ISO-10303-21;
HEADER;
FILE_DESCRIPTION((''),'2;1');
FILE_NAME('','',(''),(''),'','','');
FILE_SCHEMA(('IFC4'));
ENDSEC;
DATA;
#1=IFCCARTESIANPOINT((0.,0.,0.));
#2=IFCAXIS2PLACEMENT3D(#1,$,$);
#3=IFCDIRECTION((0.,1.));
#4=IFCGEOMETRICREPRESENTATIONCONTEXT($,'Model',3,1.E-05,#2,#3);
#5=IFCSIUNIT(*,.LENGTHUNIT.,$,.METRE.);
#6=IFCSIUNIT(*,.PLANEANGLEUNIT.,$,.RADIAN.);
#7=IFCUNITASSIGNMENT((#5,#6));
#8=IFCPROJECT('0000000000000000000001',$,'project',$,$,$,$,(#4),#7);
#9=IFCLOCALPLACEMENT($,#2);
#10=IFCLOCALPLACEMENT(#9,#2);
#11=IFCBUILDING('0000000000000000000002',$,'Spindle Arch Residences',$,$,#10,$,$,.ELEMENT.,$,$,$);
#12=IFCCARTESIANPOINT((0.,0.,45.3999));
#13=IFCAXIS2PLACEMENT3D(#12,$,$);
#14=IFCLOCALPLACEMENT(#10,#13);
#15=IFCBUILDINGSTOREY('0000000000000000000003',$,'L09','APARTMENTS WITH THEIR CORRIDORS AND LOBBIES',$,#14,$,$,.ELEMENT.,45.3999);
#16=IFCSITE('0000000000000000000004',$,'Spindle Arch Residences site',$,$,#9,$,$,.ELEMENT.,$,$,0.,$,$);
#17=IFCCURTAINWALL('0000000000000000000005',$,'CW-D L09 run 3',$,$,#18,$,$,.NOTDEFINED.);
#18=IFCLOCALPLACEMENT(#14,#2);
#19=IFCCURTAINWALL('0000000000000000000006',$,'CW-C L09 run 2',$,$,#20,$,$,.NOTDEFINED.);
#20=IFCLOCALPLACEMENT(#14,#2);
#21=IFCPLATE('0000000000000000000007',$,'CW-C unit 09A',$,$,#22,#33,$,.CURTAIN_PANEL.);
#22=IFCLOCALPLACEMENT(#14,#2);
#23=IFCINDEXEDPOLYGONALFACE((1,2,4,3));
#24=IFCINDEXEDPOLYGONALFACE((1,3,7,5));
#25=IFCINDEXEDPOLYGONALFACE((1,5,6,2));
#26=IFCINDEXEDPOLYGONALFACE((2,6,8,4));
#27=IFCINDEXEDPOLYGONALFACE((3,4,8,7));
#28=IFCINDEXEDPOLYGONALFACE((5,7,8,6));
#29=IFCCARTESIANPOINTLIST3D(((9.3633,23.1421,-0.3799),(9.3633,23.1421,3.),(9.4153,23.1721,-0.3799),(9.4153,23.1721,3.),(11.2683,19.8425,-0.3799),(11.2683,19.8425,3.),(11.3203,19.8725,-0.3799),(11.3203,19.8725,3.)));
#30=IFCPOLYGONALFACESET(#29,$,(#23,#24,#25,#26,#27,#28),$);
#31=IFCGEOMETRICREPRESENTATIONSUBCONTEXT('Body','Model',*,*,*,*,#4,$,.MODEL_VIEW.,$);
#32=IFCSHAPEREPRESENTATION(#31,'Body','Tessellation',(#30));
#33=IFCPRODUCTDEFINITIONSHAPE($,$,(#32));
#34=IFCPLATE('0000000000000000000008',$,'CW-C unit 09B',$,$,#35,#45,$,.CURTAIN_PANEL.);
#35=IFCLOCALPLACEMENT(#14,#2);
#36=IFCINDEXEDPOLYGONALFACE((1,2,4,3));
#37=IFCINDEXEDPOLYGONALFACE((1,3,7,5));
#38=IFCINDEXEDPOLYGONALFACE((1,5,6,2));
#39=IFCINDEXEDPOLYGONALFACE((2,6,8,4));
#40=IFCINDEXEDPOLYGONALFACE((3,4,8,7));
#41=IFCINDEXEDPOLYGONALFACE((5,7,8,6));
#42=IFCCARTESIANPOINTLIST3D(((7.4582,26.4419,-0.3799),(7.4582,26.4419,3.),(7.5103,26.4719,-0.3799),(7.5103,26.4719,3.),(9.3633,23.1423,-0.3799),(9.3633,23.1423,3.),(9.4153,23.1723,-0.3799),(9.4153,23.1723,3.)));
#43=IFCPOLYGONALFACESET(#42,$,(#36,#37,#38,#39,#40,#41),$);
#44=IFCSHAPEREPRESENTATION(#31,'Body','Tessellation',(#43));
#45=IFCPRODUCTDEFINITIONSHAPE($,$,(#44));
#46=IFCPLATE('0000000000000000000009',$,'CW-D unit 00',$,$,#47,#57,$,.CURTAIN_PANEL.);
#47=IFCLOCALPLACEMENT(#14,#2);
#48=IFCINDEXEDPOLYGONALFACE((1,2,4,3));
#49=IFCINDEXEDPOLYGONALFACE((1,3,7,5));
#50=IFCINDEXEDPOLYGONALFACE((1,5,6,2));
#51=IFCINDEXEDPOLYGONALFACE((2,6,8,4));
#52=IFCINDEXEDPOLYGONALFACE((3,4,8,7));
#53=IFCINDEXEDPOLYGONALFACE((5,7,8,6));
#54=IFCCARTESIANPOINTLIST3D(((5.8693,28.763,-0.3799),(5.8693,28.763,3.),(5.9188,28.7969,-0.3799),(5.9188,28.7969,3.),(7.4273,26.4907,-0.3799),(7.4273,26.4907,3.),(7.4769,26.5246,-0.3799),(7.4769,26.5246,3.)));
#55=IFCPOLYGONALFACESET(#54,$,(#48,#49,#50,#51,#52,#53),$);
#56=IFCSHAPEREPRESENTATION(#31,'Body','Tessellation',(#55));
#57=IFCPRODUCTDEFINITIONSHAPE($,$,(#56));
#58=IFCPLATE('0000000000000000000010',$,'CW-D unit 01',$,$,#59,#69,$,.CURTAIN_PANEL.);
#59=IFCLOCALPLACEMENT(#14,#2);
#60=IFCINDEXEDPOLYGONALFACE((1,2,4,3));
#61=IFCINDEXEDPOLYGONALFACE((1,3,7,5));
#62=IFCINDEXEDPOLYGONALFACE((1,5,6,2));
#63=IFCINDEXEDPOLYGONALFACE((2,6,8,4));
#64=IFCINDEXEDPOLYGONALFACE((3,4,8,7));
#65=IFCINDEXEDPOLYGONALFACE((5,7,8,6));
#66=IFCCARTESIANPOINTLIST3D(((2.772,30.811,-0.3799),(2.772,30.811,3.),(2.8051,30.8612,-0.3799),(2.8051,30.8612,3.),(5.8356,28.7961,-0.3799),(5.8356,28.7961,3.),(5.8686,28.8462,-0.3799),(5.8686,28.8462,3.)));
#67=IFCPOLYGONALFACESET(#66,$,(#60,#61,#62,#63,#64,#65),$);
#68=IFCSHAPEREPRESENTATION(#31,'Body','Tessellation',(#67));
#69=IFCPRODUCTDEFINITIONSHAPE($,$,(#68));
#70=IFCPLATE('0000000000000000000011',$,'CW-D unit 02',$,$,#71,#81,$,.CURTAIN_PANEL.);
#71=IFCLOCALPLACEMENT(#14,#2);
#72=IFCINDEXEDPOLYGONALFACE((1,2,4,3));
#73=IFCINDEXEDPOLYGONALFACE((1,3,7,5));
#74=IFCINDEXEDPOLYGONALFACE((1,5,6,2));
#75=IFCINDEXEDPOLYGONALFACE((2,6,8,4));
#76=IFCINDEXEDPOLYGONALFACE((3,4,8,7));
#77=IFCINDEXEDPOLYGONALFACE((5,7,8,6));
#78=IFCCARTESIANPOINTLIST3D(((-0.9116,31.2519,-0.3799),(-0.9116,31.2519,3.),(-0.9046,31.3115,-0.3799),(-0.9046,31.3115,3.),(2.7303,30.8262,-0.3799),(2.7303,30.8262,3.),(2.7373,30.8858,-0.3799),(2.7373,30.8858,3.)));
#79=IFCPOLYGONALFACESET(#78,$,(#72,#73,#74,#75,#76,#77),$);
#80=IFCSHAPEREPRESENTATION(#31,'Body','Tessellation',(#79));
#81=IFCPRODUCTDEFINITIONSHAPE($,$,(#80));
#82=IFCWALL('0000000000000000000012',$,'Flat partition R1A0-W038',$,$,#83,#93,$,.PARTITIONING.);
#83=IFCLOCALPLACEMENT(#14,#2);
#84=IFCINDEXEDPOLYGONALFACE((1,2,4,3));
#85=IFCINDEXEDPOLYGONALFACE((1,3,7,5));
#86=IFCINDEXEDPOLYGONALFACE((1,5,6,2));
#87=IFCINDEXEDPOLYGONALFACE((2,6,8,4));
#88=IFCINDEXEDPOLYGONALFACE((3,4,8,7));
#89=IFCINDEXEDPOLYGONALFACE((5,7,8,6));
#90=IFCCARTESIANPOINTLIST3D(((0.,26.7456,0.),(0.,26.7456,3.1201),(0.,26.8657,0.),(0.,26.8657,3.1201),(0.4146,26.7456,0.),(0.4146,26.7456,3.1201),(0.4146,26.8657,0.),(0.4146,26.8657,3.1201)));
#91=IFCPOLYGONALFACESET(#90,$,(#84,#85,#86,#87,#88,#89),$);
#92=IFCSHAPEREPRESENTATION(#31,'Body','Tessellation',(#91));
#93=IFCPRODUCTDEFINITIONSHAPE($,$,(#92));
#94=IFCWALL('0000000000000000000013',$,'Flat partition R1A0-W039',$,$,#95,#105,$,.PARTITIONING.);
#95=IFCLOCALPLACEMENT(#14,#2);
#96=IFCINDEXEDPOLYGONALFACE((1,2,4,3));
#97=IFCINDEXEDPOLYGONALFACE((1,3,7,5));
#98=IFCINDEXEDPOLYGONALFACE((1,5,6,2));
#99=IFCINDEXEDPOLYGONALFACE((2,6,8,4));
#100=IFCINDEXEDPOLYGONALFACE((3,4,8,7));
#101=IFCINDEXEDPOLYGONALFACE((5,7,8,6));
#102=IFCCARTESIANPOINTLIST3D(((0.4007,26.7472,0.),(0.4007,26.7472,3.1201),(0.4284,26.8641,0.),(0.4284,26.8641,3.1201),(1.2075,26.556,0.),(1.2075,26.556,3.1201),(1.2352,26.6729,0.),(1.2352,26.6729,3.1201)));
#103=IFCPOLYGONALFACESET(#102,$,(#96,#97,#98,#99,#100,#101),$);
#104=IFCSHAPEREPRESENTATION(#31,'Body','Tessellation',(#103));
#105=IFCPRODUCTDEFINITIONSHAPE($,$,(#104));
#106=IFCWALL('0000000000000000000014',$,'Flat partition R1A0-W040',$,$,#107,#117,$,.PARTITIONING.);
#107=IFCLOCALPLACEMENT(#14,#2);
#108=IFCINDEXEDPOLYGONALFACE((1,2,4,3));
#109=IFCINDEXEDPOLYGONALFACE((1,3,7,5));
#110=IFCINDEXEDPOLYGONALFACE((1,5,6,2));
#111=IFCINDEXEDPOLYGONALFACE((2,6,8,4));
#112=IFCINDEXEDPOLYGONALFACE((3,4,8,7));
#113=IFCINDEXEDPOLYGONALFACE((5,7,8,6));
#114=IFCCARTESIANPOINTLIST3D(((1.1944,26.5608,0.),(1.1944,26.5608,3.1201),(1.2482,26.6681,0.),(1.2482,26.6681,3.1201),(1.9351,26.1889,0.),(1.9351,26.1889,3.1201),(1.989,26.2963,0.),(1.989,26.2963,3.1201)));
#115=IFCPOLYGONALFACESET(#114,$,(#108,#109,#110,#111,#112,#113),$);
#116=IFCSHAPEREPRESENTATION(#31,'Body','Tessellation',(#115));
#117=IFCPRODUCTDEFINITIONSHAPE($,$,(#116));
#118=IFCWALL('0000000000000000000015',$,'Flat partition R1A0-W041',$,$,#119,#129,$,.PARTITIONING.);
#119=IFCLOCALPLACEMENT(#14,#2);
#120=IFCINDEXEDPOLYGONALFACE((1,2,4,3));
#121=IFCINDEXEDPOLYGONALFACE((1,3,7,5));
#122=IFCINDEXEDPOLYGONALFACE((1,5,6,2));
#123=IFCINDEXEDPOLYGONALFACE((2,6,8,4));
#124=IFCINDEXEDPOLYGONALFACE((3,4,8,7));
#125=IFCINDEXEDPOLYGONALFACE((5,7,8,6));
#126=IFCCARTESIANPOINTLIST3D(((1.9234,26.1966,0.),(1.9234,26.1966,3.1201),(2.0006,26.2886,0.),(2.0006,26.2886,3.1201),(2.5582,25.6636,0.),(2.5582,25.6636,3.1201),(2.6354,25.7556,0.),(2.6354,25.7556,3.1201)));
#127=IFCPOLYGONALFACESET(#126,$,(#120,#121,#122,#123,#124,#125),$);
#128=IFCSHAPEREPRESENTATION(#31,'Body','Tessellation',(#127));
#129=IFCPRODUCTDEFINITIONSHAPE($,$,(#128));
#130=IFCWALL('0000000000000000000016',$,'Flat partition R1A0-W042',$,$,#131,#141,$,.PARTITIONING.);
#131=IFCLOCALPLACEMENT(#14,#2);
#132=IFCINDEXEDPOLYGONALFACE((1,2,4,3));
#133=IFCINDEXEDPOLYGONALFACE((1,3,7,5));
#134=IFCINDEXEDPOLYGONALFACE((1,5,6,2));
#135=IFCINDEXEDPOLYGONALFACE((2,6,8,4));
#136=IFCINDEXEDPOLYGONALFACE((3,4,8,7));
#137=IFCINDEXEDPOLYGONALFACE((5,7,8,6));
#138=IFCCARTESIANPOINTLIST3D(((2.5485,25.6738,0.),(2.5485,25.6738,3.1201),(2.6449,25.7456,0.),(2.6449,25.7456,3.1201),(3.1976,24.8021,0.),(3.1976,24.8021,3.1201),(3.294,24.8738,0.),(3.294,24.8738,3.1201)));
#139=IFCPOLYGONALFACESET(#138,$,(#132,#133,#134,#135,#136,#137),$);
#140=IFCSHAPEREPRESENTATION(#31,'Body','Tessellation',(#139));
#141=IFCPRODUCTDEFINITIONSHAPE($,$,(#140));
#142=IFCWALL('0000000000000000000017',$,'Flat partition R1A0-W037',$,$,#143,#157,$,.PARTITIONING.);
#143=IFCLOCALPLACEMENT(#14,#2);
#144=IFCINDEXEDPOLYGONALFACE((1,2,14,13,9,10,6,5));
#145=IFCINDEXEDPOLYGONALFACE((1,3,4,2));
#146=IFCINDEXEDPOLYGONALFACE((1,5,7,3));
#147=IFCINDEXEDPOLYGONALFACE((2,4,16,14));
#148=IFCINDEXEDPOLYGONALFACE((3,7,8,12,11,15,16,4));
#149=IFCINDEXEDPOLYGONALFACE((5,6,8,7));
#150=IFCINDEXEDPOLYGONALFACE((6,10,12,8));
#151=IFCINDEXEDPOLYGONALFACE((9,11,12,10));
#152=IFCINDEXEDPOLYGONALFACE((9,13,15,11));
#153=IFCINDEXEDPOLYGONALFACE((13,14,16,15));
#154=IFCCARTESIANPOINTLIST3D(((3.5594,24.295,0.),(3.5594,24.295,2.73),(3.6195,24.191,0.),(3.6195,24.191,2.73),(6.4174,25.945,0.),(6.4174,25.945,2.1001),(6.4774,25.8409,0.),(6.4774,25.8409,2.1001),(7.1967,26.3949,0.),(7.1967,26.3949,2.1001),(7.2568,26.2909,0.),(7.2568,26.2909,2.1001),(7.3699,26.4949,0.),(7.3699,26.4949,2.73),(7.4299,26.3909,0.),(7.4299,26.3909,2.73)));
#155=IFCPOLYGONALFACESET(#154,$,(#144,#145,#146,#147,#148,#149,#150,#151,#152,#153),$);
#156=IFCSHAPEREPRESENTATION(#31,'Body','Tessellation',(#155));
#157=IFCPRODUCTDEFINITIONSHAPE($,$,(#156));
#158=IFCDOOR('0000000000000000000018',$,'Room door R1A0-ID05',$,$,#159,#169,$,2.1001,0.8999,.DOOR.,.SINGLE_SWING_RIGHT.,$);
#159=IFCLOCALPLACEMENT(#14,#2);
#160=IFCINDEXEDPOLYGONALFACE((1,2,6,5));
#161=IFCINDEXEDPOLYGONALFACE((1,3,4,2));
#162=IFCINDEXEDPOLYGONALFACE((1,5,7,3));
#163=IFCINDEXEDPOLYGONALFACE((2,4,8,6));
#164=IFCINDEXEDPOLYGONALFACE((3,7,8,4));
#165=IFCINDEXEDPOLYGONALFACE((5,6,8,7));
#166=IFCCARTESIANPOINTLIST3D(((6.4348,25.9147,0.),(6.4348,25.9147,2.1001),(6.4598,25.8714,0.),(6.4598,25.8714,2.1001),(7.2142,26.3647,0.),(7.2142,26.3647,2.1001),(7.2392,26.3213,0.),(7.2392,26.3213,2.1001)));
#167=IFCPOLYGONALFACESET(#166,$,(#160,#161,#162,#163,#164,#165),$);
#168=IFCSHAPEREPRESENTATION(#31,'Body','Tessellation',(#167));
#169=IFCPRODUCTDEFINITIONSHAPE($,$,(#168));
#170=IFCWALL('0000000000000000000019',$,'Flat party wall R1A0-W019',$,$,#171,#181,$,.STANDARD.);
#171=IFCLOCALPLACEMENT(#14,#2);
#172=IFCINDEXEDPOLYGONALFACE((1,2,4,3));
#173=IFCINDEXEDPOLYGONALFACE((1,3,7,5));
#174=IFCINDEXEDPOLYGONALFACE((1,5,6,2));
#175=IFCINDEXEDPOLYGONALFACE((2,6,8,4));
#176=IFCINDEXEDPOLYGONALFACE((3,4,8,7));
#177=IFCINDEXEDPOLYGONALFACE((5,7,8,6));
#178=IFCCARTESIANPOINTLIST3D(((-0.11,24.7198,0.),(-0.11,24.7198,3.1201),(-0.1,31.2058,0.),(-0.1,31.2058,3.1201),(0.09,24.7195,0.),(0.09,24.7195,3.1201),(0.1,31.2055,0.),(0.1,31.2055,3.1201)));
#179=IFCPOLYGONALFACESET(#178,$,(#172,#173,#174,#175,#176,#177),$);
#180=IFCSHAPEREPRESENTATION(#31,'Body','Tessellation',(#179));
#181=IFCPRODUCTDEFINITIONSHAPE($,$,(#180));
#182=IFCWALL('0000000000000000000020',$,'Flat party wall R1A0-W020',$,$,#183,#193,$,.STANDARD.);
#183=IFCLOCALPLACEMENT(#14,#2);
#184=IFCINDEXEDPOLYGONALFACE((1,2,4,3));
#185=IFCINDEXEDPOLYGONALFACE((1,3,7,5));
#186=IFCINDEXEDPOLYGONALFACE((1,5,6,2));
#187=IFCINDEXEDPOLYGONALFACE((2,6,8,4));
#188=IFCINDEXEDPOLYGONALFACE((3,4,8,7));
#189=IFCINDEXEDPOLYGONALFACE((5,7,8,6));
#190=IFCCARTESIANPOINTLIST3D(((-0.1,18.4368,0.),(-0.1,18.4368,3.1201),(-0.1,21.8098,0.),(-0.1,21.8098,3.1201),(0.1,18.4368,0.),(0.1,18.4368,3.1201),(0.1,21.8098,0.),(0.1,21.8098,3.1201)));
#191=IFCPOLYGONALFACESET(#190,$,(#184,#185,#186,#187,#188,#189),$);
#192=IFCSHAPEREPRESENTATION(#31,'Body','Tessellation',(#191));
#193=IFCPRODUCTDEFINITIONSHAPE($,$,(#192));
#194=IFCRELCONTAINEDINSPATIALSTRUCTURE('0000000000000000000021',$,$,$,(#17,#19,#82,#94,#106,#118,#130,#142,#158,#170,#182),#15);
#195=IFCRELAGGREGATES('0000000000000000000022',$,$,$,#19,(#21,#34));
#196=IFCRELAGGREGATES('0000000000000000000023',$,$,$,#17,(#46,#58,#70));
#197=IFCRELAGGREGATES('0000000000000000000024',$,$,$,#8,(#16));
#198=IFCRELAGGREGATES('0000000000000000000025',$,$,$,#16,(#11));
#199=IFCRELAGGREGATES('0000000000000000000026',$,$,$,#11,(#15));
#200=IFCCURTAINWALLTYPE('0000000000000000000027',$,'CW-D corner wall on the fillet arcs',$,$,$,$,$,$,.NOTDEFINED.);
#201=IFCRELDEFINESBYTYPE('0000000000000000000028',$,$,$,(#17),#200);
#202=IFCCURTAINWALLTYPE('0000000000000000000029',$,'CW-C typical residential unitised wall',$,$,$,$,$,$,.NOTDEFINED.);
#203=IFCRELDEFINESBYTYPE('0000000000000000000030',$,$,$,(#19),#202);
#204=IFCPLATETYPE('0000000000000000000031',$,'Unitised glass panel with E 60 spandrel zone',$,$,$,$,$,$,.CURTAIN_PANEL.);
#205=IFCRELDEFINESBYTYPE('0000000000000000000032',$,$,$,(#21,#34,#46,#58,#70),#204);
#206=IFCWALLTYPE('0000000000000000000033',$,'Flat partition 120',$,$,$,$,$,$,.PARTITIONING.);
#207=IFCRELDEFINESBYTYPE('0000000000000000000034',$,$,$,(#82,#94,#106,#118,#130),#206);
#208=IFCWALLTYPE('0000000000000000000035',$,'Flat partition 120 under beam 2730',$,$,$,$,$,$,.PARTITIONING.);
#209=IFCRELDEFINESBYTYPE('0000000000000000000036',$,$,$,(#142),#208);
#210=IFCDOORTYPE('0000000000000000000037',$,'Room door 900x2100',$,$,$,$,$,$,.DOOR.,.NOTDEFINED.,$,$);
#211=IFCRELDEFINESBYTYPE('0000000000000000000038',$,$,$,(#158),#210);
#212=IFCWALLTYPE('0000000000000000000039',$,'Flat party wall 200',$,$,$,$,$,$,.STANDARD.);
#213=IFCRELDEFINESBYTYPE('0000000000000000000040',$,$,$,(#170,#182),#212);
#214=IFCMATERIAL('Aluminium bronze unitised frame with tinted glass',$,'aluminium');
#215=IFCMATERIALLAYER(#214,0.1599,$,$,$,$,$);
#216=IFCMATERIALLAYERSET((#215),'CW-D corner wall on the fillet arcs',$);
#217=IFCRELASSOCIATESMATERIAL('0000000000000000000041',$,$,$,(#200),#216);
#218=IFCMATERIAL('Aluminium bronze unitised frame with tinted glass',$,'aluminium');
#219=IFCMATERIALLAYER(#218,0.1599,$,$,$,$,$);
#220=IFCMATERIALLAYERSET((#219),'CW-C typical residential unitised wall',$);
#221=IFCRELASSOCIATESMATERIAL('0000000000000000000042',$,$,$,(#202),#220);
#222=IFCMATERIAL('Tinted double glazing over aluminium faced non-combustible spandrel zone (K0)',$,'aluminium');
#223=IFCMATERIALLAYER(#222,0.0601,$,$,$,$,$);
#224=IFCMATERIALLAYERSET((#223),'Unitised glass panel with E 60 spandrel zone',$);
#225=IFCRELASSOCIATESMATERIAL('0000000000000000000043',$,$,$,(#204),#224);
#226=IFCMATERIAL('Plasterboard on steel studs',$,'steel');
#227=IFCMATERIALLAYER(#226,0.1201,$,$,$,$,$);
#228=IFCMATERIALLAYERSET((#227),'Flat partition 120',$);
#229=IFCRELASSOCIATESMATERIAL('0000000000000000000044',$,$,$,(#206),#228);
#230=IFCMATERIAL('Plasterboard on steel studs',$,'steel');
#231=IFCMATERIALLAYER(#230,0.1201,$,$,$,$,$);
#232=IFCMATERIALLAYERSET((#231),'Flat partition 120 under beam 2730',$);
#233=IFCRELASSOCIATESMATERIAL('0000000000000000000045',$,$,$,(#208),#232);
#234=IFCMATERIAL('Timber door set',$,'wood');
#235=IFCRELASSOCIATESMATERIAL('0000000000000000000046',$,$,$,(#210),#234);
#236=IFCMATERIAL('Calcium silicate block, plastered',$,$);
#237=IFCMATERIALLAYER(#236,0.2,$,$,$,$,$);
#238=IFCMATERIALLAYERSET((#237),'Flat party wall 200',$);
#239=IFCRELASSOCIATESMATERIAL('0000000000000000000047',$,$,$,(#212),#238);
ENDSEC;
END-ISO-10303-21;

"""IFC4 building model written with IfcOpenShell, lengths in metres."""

from ifc_helpers import new_model, si_unit, direction, frame, frame_2d, origin, origin_2d, place, context, subcontext, project, spatial, rectangle, extrude, material, layer, layer_set, type_object, element, fill, aggregate, save


model = new_model("IFC4")

# Units and contexts
model_context = context("Model", 3, precision=1e-05, world=origin(), true_north=direction((0.0, 1.0)))
body_context = subcontext(model_context, "Body", "Model", "MODEL_VIEW")
ifc_project = project(units=[si_unit("LENGTHUNIT", "METRE"), si_unit("PLANEANGLEUNIT", "RADIAN")], contexts=[model_context])

# Site, building, storey
site_placement = place(None, origin())
site = spatial("IfcSite", under=ifc_project, at=site_placement, Name="Spindle Arch Residences site", CompositionType="ELEMENT", RefElevation=0.0)
building_placement = place(site_placement, origin())
building = spatial("IfcBuilding", under=site, at=building_placement, Name="Spindle Arch Residences", CompositionType="ELEMENT")
storey_placement = place(building_placement, frame((0.0, 0.0, 45.3999)))
storey = spatial("IfcBuildingStorey", under=building, at=storey_placement, Name="L09", Description="APARTMENTS WITH THEIR CORRIDORS AND LOBBIES", CompositionType="ELEMENT", Elevation=45.3999)

# Curtain wall
ifc_material_1 = material(Name="Aluminium bronze unitised frame with tinted glass", Category="aluminium")
ifc_layer_1 = layer(ifc_material_1, 0.1599)
ifc_layer_set_1 = layer_set([ifc_layer_1], Name="CW-D corner wall on the fillet arcs")
curtain_wall_type_1 = type_object("IfcCurtainWallType", Name="CW-D corner wall on the fillet arcs", PredefinedType="NOTDEFINED", material=ifc_layer_set_1)
curtain_wall_1_placement = place(storey_placement, origin())
curtain_wall_1 = element("IfcCurtainWall", 1, at=curtain_wall_1_placement, inside=storey, type_object=curtain_wall_type_1, Name="CW-D L09 run 3", PredefinedType="NOTDEFINED")

# Curtain wall, plates
ifc_material_2 = material(Name="Aluminium bronze unitised frame with tinted glass", Category="aluminium")
ifc_layer_2 = layer(ifc_material_2, 0.1599)
ifc_layer_set_2 = layer_set([ifc_layer_2], Name="CW-C typical residential unitised wall")
curtain_wall_type_2 = type_object("IfcCurtainWallType", Name="CW-C typical residential unitised wall", PredefinedType="NOTDEFINED", material=ifc_layer_set_2)
curtain_wall_2_placement = place(storey_placement, origin())
curtain_wall_2 = element("IfcCurtainWall", 2, at=curtain_wall_2_placement, inside=storey, type_object=curtain_wall_type_2, Name="CW-C L09 run 2", PredefinedType="NOTDEFINED")
ifc_material_3 = material(Name="Tinted double glazing over aluminium faced non-combustible spandrel zone (K0)", Category="aluminium")
ifc_layer_3 = layer(ifc_material_3, 0.0601)
ifc_layer_set_3 = layer_set([ifc_layer_3], Name="Unitised glass panel with E 60 spandrel zone")
plate_type = type_object("IfcPlateType", Name="Unitised glass panel with E 60 spandrel zone", PredefinedType="CURTAIN_PANEL", material=ifc_layer_set_3)
plate_1_placement = place(storey_placement, frame((10.3418, 21.5073, -0.3799), z_axis=(0.0, 0.0, 1.0), x_axis=(-0.5, 0.866025, 0.0)))
plate_1 = element("IfcPlate", 3, at=plate_1_placement, type_object=plate_type, Name="CW-C unit 09A", PredefinedType="CURTAIN_PANEL", context=body_context, shape_type="SweptSolid", body=[
    extrude(rectangle(XDim=3.8101, YDim=0.0601, at=origin_2d()), origin(), (0.0, 0.0, 1.0), 3.3799),
])
plate_2_placement = place(storey_placement, frame((8.4368, 24.8071, -0.3799), z_axis=(0.0, 0.0, 1.0), x_axis=(-0.5, 0.866025, 0.0)))
plate_2 = element("IfcPlate", 4, at=plate_2_placement, type_object=plate_type, Name="CW-C unit 09B", PredefinedType="CURTAIN_PANEL", context=body_context, shape_type="SweptSolid", body=[
    extrude(rectangle(XDim=3.8101, YDim=0.0601, at=origin_2d()), origin(), (0.0, 0.0, 1.0), 3.3799),
])
aggregate(curtain_wall_2, [plate_1, plate_2])

# Plates
plate_3_placement = place(storey_placement, frame((6.6731, 27.6438, -0.3799), z_axis=(0.0, 0.0, 1.0), x_axis=(-0.565501, 0.824748, 0.0)))
plate_3 = element("IfcPlate", 5, at=plate_3_placement, type_object=plate_type, Name="CW-D unit 00", PredefinedType="CURTAIN_PANEL", context=body_context, shape_type="SweptSolid", body=[
    extrude(rectangle(XDim=2.7551, YDim=0.0601, at=origin_2d()), origin(), (0.0, 0.0, 1.0), 3.3799),
])
plate_4_placement = place(storey_placement, frame((4.3203, 29.8286, -0.3799), z_axis=(0.0, 0.0, 1.0), x_axis=(-0.835488, 0.549509, 0.0)))
plate_4 = element("IfcPlate", 6, at=plate_4_placement, type_object=plate_type, Name="CW-D unit 01", PredefinedType="CURTAIN_PANEL", context=body_context, shape_type="SweptSolid", body=[
    extrude(rectangle(XDim=3.6667, YDim=0.0601, at=origin_2d()), origin(), (0.0, 0.0, 1.0), 3.3799),
])
plate_5_placement = place(storey_placement, frame((0.9128, 31.0688, -0.3799), z_axis=(0.0, 0.0, 1.0), x_axis=(-0.993238, 0.116093, 0.0)))
plate_5 = element("IfcPlate", 7, at=plate_5_placement, type_object=plate_type, Name="CW-D unit 02", PredefinedType="CURTAIN_PANEL", context=body_context, shape_type="SweptSolid", body=[
    extrude(rectangle(XDim=3.6667, YDim=0.0601, at=origin_2d()), origin(), (0.0, 0.0, 1.0), 3.3799),
])
aggregate(curtain_wall_1, [plate_3, plate_4, plate_5])

# Walls
ifc_material_4 = material(Name="Plasterboard on steel studs", Category="steel")
ifc_layer_4 = layer(ifc_material_4, 0.1201)
ifc_layer_set_4 = layer_set([ifc_layer_4], Name="Flat partition 120")
wall_type_1 = type_object("IfcWallType", Name="Flat partition 120", PredefinedType="PARTITIONING", material=ifc_layer_set_4)
wall_1_placement = place(storey_placement, frame((0.0, 26.8057, 0.0), z_axis=(0.0, 0.0, 1.0), x_axis=(1.0, 0.0, 0.0)))
element("IfcWall", 8, at=wall_1_placement, inside=storey, type_object=wall_type_1, Name="Flat partition R1A0-W038", PredefinedType="PARTITIONING", context=body_context, shape_type="SweptSolid", body=[
    extrude(rectangle(XDim=0.4146, YDim=0.1201, at=frame_2d((0.2073, 0.0))), origin(), (0.0, 0.0, 1.0), 3.1201),
])
wall_2_placement = place(storey_placement, frame((0.4146, 26.8057, 0.0), z_axis=(0.0, 0.0, 1.0), x_axis=(0.973049, -0.230598, 0.0)))
element("IfcWall", 9, at=wall_2_placement, inside=storey, type_object=wall_type_1, Name="Flat partition R1A0-W039", PredefinedType="PARTITIONING", context=body_context, shape_type="SweptSolid", body=[
    extrude(rectangle(XDim=0.8291, YDim=0.1201, at=frame_2d((0.4146, 0.0))), origin(), (0.0, 0.0, 1.0), 3.1201),
])
for number, where, z_axis, x_axis, name in (
    (10, (1.2212, 26.6145, 0.0), (0.0, 0.0, 1.0), (0.893719, -0.448627, 0.0), "Flat partition R1A0-W040"),
    (11, (1.9619, 26.2427, 0.0), (0.0, 0.0, 1.0), (0.76585, -0.643019, 0.0), "Flat partition R1A0-W041"),
):
    element("IfcWall", number, at=place(storey_placement, frame(where, z_axis=z_axis, x_axis=x_axis)), inside=storey, type_object=wall_type_1, Name=name, PredefinedType="PARTITIONING", context=body_context, shape_type="SweptSolid", body=[
        extrude(rectangle(XDim=0.8289, YDim=0.1201, at=frame_2d((0.4146, 0.0))), origin(), (0.0, 0.0, 1.0), 3.1201),
    ])
wall_3_placement = place(storey_placement, frame((2.5967, 25.7097, 0.0), z_axis=(0.0, 0.0, 1.0), x_axis=(0.597229, -0.802071, 0.0)))
element("IfcWall", 12, at=wall_3_placement, inside=storey, type_object=wall_type_1, Name="Flat partition R1A0-W042", PredefinedType="PARTITIONING", context=body_context, shape_type="SweptSolid", body=[
    extrude(rectangle(XDim=1.0869, YDim=0.1201, at=frame_2d((0.5435, 0.0))), origin(), (0.0, 0.0, 1.0), 3.1201),
])

# Wall, opening, door
ifc_material_5 = material(Name="Plasterboard on steel studs", Category="steel")
ifc_layer_5 = layer(ifc_material_5, 0.1201)
ifc_layer_set_5 = layer_set([ifc_layer_5], Name="Flat partition 120 under beam 2730")
wall_type_2 = type_object("IfcWallType", Name="Flat partition 120 under beam 2730", PredefinedType="PARTITIONING", material=ifc_layer_set_5)
wall_4_placement = place(storey_placement, frame((7.3999, 26.4429, 0.0), z_axis=(0.0, 0.0, 1.0), x_axis=(-0.866032, -0.499988, 0.0)))
wall_4 = element("IfcWall", 13, at=wall_4_placement, inside=storey, type_object=wall_type_2, Name="Flat partition R1A0-W037", PredefinedType="PARTITIONING", context=body_context, shape_type="SweptSolid", body=[
    extrude(rectangle(XDim=4.3999, YDim=0.1201, at=frame_2d((2.2, 0.0))), origin(), (0.0, 0.0, 1.0), 2.73),
])
opening_placement = place(wall_4_placement, frame((0.2, 0.0, 0.0)))
opening = element("IfcOpeningElement", 14, at=opening_placement, cuts=wall_4, PredefinedType="OPENING", context=body_context, shape_type="SweptSolid", body=[
    extrude(rectangle(XDim=0.8999, YDim=2.1001, at=frame_2d((0.45, 1.05))), frame((0.0, 0.0701, 0.0), z_axis=(0.0, -1.0, 0.0), x_axis=(1.0, 0.0, 0.0)), (0.0, 0.0, 1.0), 0.1401),
])
ifc_material_6 = material(Name="Timber door set", Category="wood")
door_type = type_object("IfcDoorType", Name="Room door 900x2100", OperationType="NOTDEFINED", PredefinedType="DOOR", material=ifc_material_6)
door_placement = place(opening_placement, origin())
door = element("IfcDoor", 15, at=door_placement, inside=storey, type_object=door_type, Name="Room door R1A0-ID05", OperationType="SINGLE_SWING_RIGHT", OverallHeight=2.1001, OverallWidth=0.8999, PredefinedType="DOOR", context=body_context, shape_type="SweptSolid", body=[
    extrude(rectangle(XDim=0.8999, YDim=2.1001, at=frame_2d((0.45, 1.05))), frame((0.0, 0.0249, 0.0), z_axis=(0.0, -1.0, 0.0), x_axis=(1.0, 0.0, 0.0)), (0.0, 0.0, 1.0), 0.05),
])
fill(opening, door)

# Walls
ifc_material_7 = material(Name="Calcium silicate block, plastered")
ifc_layer_6 = layer(ifc_material_7, 0.2)
ifc_layer_set_6 = layer_set([ifc_layer_6], Name="Flat party wall 200")
wall_type_3 = type_object("IfcWallType", Name="Flat party wall 200", PredefinedType="STANDARD", material=ifc_layer_set_6)
wall_5_placement = place(storey_placement, frame((0.0, 31.2058, 0.0), z_axis=(0.0, 0.0, 1.0), x_axis=(-0.001543, -0.999999, 0.0)))
element("IfcWall", 16, at=wall_5_placement, inside=storey, type_object=wall_type_3, Name="Flat party wall R1A0-W019", PredefinedType="STANDARD", context=body_context, shape_type="SweptSolid", body=[
    extrude(rectangle(XDim=6.4861, YDim=0.2, at=frame_2d((3.2432, 0.0))), origin(), (0.0, 0.0, 1.0), 3.1201),
])
wall_6_placement = place(storey_placement, frame((0.0, 21.8098, 0.0), z_axis=(0.0, 0.0, 1.0), x_axis=(0.0, -1.0, 0.0)))
element("IfcWall", 17, at=wall_6_placement, inside=storey, type_object=wall_type_3, Name="Flat party wall R1A0-W020", PredefinedType="STANDARD", context=body_context, shape_type="SweptSolid", body=[
    extrude(rectangle(XDim=3.373, YDim=0.2, at=frame_2d((1.6865, 0.0))), origin(), (0.0, 0.0, 1.0), 3.1201),
])

save(model, "model.ifc")
